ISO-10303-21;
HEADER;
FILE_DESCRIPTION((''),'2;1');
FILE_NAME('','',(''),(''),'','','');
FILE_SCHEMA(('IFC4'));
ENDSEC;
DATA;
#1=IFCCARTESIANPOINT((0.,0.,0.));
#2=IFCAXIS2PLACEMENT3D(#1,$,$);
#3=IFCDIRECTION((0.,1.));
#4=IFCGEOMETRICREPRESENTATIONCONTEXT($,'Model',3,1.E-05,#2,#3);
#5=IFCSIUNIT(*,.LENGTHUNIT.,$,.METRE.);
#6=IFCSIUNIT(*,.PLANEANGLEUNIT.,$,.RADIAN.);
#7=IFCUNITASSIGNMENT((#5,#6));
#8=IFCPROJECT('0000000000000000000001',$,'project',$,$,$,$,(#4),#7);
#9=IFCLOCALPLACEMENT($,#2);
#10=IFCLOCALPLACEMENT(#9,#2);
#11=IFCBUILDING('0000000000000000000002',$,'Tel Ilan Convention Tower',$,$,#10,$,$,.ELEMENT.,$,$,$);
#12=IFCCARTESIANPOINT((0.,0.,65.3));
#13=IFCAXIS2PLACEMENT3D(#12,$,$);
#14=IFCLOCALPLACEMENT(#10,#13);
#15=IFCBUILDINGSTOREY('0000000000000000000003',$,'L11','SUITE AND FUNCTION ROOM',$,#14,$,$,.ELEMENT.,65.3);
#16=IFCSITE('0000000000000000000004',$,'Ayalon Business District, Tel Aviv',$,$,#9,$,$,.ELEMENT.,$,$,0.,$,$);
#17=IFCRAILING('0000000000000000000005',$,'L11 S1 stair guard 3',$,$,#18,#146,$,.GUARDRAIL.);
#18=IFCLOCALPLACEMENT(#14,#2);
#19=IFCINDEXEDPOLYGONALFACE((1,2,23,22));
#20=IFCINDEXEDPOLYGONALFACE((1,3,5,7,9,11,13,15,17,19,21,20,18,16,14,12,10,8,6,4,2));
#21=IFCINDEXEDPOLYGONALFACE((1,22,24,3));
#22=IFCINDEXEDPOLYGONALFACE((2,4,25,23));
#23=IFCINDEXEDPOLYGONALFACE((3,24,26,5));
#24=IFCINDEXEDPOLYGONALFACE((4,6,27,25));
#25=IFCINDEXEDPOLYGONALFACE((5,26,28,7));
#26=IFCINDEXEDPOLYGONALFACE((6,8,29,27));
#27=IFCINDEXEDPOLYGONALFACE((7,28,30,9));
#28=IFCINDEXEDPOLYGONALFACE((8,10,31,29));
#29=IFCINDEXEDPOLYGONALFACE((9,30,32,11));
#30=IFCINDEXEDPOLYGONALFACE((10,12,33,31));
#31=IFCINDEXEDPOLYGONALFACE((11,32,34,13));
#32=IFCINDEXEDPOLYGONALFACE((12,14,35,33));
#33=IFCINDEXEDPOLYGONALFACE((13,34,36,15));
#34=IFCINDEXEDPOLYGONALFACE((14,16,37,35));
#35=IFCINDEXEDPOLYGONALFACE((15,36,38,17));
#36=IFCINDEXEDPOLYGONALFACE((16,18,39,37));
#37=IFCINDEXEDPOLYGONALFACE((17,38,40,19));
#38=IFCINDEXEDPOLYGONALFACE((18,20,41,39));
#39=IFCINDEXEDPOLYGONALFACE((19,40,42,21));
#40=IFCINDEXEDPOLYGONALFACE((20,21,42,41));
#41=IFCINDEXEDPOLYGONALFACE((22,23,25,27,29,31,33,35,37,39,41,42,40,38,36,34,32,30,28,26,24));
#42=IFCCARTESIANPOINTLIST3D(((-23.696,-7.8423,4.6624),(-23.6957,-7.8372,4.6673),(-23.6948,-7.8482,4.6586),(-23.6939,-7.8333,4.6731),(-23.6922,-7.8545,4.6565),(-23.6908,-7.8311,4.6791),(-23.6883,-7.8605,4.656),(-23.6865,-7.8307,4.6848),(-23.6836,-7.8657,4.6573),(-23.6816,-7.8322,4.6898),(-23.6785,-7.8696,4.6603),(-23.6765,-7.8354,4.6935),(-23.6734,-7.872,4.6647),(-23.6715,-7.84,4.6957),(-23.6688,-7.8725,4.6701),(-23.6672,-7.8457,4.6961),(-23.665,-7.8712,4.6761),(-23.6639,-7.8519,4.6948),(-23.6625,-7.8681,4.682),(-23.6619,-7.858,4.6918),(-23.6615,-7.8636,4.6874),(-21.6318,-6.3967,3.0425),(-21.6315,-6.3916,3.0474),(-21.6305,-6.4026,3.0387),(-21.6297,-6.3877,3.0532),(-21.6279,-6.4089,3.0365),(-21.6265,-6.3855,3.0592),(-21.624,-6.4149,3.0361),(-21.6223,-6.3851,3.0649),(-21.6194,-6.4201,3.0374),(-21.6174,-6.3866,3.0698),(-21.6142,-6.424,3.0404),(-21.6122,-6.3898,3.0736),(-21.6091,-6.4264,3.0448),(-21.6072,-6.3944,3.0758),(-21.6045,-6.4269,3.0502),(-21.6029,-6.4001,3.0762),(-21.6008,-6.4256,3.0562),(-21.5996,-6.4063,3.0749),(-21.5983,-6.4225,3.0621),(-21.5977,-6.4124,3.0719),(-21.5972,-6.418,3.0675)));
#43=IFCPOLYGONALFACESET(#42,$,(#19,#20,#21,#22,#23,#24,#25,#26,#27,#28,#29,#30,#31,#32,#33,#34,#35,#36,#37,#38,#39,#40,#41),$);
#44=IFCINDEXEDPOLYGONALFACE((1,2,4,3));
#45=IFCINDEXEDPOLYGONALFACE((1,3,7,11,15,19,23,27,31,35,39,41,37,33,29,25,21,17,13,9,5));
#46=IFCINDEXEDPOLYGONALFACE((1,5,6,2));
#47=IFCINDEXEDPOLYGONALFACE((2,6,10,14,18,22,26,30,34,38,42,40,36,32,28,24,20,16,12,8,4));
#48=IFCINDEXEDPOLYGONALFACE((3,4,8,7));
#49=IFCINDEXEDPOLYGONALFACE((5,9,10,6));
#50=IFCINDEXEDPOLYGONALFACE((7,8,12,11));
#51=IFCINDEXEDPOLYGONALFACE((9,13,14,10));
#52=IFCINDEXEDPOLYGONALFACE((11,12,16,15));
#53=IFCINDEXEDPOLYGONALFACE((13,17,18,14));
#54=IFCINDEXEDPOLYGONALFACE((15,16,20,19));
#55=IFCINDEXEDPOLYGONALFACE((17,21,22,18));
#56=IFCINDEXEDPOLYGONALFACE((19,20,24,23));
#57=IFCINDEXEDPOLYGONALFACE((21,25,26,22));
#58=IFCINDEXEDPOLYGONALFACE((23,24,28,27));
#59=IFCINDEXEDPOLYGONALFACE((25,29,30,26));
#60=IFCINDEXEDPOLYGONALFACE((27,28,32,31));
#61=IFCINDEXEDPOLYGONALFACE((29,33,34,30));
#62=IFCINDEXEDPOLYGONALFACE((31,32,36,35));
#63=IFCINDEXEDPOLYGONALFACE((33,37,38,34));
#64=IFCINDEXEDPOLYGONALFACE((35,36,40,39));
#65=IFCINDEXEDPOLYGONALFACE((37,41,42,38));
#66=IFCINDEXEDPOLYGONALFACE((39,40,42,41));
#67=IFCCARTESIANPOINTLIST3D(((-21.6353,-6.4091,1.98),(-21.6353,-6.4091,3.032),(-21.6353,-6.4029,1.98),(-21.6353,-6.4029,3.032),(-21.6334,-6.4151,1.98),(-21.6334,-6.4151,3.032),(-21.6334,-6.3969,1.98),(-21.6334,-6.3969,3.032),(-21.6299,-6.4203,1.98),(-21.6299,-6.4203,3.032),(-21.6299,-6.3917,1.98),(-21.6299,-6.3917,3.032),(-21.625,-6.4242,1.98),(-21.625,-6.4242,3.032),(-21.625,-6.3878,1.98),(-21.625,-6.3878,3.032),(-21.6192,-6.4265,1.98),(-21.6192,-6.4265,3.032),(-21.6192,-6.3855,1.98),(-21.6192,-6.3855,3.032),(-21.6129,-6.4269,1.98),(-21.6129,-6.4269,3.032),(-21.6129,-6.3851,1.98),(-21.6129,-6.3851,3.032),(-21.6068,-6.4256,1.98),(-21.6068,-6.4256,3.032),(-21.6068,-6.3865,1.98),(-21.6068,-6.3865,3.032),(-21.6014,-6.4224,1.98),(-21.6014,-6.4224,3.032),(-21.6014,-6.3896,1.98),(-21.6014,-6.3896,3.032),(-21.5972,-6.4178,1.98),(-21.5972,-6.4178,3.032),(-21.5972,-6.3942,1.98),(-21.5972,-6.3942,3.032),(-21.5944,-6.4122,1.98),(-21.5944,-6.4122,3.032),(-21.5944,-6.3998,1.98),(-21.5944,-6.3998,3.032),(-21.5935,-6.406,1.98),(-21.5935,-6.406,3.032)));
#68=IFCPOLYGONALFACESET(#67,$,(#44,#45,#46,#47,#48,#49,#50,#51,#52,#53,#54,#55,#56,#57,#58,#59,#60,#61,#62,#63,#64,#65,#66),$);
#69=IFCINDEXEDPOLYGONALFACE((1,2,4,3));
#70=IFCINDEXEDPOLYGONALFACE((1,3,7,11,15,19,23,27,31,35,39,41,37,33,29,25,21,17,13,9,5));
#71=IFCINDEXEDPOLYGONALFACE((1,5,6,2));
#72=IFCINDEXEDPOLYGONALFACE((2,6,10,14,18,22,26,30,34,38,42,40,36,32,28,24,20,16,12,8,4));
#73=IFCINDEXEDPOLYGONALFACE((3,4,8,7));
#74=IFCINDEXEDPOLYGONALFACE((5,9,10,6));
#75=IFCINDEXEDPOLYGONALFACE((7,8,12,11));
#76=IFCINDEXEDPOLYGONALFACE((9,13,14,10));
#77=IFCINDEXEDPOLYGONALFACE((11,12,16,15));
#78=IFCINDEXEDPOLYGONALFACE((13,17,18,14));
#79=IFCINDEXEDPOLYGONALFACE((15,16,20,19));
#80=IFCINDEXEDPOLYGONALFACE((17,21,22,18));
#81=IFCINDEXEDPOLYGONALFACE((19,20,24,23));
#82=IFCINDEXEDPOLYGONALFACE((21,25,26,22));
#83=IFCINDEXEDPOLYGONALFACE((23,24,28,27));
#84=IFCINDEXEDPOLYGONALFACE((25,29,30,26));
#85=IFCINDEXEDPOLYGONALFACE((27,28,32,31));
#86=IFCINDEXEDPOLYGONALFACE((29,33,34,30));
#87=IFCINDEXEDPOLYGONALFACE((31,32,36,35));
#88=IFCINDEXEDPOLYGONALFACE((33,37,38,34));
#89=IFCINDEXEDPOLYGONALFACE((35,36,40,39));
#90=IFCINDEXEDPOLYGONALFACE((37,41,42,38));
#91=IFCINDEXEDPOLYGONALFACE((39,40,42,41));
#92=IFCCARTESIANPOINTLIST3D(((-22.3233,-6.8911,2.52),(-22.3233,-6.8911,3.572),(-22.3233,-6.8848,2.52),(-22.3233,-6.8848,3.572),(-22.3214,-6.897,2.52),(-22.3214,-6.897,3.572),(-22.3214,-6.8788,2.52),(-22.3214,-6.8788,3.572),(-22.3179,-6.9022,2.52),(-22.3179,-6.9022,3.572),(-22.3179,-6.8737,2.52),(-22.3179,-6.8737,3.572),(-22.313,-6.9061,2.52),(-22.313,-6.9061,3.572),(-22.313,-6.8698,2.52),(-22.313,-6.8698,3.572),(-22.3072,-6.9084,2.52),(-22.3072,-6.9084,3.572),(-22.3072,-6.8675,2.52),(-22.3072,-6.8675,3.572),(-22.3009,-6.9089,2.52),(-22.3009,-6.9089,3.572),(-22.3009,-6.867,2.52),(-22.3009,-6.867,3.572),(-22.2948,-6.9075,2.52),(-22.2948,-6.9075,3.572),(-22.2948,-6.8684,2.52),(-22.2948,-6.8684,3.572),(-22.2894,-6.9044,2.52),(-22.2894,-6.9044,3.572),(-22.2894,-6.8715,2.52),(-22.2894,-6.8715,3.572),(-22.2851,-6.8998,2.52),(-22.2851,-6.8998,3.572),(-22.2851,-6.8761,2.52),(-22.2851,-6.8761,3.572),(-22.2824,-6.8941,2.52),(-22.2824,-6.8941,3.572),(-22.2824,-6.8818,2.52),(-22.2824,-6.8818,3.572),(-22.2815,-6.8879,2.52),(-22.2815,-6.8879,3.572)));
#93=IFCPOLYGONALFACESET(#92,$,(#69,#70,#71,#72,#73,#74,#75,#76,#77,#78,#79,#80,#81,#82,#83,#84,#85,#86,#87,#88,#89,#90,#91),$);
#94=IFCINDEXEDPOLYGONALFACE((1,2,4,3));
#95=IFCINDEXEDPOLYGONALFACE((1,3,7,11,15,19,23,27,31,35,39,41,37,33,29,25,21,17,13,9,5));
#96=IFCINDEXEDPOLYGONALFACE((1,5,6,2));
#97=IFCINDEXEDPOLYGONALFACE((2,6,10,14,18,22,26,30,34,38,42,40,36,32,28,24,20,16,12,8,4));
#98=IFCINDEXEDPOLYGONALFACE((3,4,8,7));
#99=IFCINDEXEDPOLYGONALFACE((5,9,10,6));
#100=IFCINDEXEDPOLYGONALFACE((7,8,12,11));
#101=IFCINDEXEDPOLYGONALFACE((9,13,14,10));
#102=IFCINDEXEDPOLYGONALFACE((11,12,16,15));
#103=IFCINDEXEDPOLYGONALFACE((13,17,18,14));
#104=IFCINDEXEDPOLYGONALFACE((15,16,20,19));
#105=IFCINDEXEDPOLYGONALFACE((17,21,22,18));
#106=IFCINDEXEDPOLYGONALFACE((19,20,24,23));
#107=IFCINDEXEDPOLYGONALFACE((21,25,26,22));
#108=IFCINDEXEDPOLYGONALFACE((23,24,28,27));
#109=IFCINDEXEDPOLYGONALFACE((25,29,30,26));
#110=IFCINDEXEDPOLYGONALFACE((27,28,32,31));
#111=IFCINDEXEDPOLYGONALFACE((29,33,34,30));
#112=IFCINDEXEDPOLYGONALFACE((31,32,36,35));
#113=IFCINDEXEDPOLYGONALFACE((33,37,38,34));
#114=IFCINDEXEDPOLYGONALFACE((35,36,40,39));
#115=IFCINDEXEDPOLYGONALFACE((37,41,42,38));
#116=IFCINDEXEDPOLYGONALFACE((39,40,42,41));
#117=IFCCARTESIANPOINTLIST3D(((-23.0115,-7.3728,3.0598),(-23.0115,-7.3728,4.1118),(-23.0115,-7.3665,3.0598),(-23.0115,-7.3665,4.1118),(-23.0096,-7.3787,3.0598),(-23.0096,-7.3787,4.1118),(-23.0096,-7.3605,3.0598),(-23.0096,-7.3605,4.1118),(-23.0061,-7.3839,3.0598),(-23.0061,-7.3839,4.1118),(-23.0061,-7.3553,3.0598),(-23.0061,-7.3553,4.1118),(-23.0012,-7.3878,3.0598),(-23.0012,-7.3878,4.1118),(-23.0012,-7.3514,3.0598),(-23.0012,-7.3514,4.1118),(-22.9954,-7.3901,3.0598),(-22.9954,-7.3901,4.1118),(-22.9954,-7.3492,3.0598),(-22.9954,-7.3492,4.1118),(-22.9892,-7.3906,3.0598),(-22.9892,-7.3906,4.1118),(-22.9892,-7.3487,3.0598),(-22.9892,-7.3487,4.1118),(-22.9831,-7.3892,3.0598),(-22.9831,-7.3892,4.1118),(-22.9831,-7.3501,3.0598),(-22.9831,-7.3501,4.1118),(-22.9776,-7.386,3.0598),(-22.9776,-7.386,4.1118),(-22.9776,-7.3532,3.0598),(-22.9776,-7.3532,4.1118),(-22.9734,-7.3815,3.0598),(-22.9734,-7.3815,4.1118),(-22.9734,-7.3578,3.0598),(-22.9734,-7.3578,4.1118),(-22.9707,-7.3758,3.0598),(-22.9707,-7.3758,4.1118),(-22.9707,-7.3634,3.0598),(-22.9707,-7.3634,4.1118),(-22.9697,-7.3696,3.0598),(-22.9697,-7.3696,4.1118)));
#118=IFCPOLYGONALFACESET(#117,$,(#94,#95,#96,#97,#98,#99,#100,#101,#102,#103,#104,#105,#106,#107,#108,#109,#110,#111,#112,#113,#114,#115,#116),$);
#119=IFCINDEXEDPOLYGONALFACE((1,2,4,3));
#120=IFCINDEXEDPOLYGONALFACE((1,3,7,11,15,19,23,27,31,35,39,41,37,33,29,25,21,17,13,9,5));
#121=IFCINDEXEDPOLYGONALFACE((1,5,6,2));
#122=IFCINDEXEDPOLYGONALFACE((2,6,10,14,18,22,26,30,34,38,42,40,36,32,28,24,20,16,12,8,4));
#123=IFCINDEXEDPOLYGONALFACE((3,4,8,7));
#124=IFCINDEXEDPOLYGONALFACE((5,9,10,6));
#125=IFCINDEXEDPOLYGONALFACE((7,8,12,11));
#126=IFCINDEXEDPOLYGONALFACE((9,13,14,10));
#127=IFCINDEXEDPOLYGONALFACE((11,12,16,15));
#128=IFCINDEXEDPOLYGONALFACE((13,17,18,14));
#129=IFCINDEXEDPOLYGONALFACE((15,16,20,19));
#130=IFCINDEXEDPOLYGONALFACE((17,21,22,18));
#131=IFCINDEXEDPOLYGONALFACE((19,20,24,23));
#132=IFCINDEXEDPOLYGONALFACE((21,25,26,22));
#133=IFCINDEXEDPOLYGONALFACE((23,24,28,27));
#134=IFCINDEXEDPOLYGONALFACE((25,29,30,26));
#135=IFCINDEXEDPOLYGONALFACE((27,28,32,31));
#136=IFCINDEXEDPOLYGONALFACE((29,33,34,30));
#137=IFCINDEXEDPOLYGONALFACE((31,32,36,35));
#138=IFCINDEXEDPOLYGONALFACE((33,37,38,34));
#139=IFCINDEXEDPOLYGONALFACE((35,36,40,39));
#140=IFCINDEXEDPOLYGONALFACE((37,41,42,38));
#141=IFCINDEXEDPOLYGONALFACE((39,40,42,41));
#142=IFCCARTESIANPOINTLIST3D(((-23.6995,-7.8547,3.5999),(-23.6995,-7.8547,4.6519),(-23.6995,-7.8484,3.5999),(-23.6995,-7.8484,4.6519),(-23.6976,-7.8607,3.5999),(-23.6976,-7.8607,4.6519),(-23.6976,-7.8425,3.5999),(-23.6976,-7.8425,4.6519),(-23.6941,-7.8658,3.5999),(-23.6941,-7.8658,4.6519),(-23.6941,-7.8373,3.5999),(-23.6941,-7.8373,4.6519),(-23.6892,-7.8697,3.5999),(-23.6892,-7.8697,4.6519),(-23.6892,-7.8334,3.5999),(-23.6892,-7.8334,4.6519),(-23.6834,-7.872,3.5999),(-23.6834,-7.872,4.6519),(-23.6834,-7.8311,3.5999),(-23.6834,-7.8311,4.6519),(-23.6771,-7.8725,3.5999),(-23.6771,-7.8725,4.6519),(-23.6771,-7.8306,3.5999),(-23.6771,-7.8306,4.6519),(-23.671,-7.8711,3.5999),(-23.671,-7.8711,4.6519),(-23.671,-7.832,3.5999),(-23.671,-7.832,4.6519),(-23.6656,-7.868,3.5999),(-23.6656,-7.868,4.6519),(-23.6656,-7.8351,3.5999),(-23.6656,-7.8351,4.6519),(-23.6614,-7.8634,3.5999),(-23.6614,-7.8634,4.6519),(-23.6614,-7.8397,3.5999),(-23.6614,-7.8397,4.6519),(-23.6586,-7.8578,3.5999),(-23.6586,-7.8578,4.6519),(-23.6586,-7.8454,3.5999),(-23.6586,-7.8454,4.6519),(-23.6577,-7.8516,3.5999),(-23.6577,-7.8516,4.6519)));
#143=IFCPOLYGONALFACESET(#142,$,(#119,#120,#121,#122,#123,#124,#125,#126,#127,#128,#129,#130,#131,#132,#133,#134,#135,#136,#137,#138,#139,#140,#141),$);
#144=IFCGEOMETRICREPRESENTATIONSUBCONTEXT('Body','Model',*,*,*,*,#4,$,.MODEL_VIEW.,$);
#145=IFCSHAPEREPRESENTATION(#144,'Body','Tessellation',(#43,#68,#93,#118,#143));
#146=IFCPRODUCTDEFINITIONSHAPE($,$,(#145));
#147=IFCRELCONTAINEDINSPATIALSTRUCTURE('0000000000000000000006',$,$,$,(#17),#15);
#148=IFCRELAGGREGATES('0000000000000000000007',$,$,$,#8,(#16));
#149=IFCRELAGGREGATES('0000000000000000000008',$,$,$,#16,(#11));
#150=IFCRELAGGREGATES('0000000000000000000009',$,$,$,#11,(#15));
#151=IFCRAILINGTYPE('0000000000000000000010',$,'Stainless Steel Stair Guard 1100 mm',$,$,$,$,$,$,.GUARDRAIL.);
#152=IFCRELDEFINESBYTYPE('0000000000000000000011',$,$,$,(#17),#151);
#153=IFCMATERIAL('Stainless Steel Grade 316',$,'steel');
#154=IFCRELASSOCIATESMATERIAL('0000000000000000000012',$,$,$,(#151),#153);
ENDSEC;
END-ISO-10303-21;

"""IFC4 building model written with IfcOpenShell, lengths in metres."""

from ifc_helpers import new_model, si_unit, direction, frame, origin, origin_2d, place, context, subcontext, project, spatial, circle, extrude, material, type_object, element, save


model = new_model("IFC4")

# Units and contexts
model_context = context("Model", 3, precision=1e-05, world=origin(), true_north=direction((0.0, 1.0)))
body_context = subcontext(model_context, "Body", "Model", "MODEL_VIEW")
ifc_project = project(units=[si_unit("LENGTHUNIT", "METRE"), si_unit("PLANEANGLEUNIT", "RADIAN")], contexts=[model_context])

# Site, building, storey
site_placement = place(None, origin())
site = spatial("IfcSite", under=ifc_project, at=site_placement, Name="Ayalon Business District, Tel Aviv", CompositionType="ELEMENT", RefElevation=0.0)
building_placement = place(site_placement, origin())
building = spatial("IfcBuilding", under=site, at=building_placement, Name="Tel Ilan Convention Tower", CompositionType="ELEMENT")
storey_placement = place(building_placement, frame((0.0, 0.0, 65.3)))
storey = spatial("IfcBuildingStorey", under=building, at=storey_placement, Name="L11", Description="SUITE AND FUNCTION ROOM", CompositionType="ELEMENT", Elevation=65.3)

# Railing
ifc_material_1 = material(Name="Stainless Steel Grade 316", Category="steel")
railing_type_1 = type_object("IfcRailingType", Name="Stainless Steel Stair Guard 1100 mm", PredefinedType="GUARDRAIL", material=ifc_material_1)
railing_1_placement = place(storey_placement, frame((-21.6145, -6.406, 1.98)))
element("IfcRailing", 1, at=railing_1_placement, inside=storey, type_object=railing_type_1, Name="L11 S1 stair guard 3", PredefinedType="GUARDRAIL", context=body_context, shape_type="SweptSolid", body=[
    extrude(circle(Radius=0.0239, at=origin_2d()), frame((0.0, 0.0, 1.0762), z_axis=(-0.689043, -0.482534, 0.540722), x_axis=(0.573625, -0.819118, 0.0)), (0.0, 0.0, 1.0), 2.9958),
    extrude(circle(Radius=0.021, at=origin_2d()), origin(), (0.0, 0.0, 1.0), 1.052),
    extrude(circle(Radius=0.021, at=origin_2d()), frame((-0.688, -0.4819, 0.54)), (0.0, 0.0, 1.0), 1.052),
    extrude(circle(Radius=0.021, at=origin_2d()), frame((-1.3762, -0.9636, 1.0798)), (0.0, 0.0, 1.0), 1.052),
    extrude(circle(Radius=0.021, at=origin_2d()), frame((-2.0642, -1.4456, 1.6199)), (0.0, 0.0, 1.0), 1.052),
])

save(model, "model.ifc")
